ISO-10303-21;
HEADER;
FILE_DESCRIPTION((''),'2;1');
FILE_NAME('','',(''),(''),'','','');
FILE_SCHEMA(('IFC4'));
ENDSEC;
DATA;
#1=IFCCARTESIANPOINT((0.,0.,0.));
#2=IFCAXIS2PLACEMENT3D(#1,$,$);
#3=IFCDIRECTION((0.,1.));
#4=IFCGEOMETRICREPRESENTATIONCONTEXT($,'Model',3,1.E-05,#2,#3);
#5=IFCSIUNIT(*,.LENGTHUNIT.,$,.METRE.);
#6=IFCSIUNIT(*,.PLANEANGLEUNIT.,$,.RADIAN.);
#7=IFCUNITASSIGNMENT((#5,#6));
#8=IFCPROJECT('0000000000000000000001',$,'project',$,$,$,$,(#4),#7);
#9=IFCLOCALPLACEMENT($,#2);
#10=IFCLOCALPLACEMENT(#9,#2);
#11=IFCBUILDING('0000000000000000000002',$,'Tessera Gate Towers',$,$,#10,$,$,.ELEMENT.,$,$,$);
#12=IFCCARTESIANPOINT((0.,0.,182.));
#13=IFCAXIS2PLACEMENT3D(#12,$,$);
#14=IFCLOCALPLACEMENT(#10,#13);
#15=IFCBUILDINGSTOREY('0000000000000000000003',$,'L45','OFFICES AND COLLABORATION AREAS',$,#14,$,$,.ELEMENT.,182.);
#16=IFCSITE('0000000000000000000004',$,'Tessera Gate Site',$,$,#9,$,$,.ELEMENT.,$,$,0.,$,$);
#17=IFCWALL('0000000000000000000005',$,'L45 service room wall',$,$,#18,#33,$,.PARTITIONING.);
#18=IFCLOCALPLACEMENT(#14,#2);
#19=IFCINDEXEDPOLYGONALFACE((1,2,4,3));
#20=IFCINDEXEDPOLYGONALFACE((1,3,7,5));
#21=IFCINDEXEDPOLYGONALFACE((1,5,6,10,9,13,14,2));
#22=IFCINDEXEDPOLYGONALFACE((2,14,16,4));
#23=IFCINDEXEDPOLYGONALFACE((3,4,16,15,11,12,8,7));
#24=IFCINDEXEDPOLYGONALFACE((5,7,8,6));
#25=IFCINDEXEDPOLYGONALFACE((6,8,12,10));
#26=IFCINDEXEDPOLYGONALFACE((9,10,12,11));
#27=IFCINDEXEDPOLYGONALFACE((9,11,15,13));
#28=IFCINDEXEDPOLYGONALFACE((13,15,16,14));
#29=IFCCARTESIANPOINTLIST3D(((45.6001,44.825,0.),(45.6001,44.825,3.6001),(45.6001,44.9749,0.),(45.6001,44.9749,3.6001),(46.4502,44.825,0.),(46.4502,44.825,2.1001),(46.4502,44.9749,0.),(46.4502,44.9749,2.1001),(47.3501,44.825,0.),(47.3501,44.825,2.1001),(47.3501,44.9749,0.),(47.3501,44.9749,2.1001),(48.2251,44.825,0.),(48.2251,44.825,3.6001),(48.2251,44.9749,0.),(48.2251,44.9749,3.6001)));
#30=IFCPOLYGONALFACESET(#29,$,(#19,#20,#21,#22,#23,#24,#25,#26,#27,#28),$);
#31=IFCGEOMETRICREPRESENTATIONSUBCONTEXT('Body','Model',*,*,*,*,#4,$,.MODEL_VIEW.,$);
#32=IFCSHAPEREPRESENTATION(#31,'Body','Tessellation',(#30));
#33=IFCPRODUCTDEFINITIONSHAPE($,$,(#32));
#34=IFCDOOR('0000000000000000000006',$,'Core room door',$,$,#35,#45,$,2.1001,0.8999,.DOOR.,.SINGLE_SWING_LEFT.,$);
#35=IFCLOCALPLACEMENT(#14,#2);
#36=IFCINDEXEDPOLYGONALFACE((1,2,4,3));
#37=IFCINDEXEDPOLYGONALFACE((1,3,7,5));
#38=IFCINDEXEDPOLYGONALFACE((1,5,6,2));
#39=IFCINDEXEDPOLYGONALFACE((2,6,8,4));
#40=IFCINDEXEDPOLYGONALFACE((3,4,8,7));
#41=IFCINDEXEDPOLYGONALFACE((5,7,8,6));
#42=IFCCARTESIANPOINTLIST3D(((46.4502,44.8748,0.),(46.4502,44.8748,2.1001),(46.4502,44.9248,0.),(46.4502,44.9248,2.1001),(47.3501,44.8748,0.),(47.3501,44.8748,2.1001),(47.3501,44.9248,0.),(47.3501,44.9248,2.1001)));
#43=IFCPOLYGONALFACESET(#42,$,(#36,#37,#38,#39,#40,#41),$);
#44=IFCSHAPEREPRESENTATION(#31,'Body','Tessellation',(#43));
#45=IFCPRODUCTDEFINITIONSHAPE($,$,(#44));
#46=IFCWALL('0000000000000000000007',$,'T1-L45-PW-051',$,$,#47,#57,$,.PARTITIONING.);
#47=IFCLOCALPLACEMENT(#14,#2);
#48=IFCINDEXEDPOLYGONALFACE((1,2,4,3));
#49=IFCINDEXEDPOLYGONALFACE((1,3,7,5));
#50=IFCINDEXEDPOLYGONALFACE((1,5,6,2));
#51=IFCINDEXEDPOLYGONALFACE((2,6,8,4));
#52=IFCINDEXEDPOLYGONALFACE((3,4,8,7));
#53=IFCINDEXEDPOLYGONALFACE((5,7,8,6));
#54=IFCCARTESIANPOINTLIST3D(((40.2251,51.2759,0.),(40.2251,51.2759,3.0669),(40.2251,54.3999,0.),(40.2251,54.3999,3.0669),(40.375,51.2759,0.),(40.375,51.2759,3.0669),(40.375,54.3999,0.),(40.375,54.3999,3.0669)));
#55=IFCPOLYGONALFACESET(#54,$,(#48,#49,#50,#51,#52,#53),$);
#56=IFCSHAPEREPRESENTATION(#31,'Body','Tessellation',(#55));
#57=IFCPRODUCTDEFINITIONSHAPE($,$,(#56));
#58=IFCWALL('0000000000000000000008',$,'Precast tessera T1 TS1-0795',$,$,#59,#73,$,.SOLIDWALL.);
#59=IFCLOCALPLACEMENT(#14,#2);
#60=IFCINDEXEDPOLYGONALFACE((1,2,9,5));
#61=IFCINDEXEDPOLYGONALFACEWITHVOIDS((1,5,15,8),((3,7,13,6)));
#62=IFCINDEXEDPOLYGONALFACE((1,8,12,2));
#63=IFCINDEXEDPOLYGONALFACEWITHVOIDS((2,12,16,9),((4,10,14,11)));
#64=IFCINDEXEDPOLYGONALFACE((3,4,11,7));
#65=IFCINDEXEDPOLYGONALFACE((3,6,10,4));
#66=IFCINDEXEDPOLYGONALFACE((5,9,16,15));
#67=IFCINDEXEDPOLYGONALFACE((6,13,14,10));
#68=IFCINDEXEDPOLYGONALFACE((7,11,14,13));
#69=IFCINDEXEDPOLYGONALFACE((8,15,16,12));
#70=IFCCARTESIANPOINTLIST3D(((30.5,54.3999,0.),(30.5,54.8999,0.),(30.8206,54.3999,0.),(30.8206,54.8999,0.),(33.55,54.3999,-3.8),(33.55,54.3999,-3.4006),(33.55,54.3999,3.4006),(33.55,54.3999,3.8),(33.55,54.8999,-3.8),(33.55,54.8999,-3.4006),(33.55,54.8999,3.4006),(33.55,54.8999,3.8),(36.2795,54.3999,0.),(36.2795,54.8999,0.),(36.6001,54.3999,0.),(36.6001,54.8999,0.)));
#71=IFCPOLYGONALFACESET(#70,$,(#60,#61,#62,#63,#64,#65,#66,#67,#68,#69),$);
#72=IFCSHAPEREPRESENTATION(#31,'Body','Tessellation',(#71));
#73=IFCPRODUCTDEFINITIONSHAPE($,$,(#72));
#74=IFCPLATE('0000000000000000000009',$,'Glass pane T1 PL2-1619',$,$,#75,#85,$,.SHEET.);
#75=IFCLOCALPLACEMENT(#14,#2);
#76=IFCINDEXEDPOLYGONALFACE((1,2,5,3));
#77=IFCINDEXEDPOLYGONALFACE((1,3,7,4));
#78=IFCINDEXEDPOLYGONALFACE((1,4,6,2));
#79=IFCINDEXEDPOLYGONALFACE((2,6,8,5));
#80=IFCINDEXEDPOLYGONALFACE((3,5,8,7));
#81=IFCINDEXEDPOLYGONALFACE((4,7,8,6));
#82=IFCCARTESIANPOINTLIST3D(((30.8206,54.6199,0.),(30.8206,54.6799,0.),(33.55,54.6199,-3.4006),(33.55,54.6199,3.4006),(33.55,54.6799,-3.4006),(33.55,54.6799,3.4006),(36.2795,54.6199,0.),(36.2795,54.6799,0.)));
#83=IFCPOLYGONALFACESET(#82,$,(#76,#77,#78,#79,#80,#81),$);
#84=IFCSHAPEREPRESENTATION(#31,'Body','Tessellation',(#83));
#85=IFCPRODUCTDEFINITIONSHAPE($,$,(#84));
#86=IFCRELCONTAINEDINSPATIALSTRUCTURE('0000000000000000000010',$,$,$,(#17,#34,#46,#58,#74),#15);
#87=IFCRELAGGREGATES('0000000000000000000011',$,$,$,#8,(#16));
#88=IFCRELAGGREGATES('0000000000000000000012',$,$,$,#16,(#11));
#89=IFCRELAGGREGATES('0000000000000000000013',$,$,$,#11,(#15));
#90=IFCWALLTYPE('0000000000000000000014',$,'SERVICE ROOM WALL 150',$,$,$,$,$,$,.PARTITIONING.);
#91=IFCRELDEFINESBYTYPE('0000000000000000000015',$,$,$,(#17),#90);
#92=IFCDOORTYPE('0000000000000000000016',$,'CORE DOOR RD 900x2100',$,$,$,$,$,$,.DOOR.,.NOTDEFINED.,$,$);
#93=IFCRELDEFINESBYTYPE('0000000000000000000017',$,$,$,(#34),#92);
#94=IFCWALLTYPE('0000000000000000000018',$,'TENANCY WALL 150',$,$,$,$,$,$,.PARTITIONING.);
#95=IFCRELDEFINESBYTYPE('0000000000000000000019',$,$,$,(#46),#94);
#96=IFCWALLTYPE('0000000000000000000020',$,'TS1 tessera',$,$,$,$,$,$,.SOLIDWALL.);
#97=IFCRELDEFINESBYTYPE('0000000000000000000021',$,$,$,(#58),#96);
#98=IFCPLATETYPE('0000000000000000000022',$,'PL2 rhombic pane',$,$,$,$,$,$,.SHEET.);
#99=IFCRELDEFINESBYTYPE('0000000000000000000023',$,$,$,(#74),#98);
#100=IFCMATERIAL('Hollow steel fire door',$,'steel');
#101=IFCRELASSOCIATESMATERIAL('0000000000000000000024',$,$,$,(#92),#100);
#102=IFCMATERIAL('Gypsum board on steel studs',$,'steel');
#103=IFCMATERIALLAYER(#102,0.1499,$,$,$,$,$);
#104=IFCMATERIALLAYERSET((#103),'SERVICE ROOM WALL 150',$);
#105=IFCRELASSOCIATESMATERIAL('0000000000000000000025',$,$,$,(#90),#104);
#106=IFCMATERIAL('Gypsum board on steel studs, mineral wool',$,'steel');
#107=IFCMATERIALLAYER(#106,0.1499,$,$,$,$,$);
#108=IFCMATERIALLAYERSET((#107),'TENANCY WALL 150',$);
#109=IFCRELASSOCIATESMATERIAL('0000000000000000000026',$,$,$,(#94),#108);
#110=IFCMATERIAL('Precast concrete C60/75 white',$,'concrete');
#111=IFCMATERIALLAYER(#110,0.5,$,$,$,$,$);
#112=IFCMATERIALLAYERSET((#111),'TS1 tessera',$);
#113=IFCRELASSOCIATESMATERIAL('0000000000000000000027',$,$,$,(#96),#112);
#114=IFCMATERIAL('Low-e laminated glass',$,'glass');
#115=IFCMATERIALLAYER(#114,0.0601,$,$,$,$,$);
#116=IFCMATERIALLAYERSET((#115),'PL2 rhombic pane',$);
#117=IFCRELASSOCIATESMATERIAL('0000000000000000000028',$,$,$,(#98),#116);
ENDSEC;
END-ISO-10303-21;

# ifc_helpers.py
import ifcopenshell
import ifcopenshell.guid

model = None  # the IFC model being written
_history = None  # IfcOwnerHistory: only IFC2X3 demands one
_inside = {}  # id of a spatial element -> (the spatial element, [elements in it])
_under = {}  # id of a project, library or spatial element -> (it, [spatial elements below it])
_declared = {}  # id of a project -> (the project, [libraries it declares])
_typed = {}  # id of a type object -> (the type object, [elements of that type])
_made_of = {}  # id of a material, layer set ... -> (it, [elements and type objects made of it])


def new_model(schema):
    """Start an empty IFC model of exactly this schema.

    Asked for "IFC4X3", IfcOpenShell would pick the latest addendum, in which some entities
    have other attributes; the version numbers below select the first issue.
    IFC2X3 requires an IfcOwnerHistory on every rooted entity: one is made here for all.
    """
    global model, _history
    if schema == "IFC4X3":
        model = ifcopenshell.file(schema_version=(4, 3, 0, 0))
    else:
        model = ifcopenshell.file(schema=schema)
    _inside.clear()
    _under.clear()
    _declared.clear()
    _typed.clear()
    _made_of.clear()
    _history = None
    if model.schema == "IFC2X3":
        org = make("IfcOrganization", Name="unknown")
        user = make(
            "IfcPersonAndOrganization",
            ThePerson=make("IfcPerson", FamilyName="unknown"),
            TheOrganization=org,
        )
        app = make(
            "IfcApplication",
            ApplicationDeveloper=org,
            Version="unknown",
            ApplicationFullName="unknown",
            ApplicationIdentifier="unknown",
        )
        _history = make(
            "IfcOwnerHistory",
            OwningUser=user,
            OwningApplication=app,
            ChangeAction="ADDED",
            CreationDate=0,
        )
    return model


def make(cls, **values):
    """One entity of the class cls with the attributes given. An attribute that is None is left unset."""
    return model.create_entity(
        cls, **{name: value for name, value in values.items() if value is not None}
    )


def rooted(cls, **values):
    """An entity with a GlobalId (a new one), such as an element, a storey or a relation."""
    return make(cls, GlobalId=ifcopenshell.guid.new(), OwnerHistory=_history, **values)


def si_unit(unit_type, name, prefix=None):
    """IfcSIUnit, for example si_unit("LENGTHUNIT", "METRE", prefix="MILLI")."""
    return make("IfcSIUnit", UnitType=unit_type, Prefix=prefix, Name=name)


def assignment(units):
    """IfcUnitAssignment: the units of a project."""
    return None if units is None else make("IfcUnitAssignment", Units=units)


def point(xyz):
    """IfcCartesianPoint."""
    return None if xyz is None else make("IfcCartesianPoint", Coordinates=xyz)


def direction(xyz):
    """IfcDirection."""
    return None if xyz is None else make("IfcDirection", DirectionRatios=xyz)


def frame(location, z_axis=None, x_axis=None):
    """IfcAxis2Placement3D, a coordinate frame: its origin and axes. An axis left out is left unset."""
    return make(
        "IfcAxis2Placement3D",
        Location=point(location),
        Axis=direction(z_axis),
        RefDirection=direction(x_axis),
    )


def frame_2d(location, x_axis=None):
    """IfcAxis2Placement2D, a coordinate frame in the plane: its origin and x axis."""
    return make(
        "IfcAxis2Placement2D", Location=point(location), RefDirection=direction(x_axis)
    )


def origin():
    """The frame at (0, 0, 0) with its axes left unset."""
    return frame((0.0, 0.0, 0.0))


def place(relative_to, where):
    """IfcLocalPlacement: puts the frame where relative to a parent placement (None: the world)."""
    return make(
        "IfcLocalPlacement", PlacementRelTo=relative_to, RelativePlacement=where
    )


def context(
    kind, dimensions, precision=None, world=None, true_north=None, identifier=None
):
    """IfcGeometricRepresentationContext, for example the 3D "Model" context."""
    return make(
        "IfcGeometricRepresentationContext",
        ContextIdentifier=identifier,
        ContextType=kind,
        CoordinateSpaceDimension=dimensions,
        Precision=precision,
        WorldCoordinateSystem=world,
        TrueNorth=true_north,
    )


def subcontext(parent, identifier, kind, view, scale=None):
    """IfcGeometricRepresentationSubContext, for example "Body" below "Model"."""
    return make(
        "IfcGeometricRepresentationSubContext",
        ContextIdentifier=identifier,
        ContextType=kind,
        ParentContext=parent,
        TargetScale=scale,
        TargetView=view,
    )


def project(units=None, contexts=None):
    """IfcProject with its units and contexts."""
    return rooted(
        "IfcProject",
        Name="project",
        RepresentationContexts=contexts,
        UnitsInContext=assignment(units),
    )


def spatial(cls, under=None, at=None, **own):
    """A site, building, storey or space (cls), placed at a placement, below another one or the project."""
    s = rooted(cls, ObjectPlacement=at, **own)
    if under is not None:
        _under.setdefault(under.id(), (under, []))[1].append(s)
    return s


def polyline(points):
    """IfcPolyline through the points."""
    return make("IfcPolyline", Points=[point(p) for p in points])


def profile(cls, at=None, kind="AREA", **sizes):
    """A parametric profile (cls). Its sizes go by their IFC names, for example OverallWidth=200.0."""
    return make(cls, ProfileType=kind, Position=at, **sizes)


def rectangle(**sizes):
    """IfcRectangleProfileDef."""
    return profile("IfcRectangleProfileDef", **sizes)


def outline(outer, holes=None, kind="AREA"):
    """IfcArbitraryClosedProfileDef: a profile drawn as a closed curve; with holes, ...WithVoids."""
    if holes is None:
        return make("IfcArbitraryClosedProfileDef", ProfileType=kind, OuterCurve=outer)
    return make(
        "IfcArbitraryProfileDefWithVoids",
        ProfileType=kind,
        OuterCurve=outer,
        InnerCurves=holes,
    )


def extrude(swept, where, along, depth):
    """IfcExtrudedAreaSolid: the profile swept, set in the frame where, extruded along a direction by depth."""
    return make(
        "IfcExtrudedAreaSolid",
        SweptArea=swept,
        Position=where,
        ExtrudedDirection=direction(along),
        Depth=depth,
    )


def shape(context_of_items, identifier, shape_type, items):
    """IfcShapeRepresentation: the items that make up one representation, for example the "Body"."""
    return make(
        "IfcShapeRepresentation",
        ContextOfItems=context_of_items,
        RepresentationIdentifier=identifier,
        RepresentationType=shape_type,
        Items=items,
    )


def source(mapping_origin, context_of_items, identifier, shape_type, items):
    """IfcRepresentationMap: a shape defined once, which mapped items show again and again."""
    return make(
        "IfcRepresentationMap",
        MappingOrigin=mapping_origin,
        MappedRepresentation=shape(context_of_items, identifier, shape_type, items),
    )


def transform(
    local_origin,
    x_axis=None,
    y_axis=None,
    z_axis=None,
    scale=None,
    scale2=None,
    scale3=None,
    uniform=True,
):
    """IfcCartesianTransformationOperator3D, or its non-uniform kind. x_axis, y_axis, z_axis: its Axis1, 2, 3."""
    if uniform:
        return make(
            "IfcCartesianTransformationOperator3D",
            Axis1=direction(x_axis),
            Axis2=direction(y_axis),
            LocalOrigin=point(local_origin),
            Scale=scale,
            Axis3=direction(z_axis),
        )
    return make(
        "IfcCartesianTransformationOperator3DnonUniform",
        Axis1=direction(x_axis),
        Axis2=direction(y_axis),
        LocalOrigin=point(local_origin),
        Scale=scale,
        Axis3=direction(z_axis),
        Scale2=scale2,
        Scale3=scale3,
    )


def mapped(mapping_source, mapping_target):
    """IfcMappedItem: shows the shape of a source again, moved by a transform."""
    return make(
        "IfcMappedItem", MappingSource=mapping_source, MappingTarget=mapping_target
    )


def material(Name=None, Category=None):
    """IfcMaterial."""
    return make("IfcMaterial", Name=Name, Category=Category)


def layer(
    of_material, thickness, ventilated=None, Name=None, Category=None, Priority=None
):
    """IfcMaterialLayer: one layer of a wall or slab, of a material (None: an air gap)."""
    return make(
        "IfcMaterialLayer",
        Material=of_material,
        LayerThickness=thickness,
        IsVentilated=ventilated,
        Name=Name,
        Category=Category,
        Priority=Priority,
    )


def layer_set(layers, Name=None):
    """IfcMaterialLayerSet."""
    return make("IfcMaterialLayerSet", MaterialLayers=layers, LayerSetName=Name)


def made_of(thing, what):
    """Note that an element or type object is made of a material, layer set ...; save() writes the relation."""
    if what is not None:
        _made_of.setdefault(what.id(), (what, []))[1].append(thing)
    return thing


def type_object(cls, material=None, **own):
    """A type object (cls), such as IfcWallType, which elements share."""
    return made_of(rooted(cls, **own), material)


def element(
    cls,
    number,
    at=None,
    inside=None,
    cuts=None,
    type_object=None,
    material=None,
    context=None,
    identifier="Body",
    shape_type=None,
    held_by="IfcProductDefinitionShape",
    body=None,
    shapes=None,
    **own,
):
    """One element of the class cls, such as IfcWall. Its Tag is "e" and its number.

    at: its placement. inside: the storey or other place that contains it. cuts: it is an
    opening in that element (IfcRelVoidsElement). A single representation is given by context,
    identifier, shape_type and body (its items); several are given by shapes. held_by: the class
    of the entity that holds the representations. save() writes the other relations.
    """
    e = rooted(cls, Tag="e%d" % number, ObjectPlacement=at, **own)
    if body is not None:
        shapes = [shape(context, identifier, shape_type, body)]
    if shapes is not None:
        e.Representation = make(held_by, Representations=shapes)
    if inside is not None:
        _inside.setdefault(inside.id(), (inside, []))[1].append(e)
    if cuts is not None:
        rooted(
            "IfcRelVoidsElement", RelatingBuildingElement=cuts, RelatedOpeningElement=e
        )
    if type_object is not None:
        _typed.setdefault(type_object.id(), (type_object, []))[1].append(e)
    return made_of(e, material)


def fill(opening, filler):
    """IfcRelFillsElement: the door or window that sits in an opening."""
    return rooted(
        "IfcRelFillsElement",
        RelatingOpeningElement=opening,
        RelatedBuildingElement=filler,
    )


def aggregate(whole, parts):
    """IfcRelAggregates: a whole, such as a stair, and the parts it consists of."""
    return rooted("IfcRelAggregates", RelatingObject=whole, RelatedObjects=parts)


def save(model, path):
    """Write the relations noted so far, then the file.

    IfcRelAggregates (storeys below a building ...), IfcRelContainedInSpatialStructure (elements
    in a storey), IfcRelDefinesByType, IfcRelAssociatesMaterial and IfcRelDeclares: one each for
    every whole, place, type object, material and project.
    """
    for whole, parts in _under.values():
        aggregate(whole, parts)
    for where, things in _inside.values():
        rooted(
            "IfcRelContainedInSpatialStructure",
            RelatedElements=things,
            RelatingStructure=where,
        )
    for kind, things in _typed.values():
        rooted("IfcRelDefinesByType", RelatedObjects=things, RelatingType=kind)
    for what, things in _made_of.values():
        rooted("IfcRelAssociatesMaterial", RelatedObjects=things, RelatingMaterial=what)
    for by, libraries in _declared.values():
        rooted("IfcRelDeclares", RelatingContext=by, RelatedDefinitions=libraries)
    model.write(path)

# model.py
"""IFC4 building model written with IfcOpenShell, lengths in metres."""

from ifc_helpers import new_model, si_unit, direction, frame, frame_2d, origin, place, context, subcontext, project, spatial, polyline, rectangle, outline, extrude, source, transform, mapped, material, layer, layer_set, type_object, element, fill, save


model = new_model("IFC4")

# Units and contexts
model_context = context("Model", 3, precision=1e-05, world=origin(), true_north=direction((0.0, 1.0)))
body_context = subcontext(model_context, "Body", "Model", "MODEL_VIEW")
ifc_project = project(units=[si_unit("LENGTHUNIT", "METRE"), si_unit("PLANEANGLEUNIT", "RADIAN")], contexts=[model_context])

# Site, building, storey
site_placement = place(None, origin())
site = spatial("IfcSite", under=ifc_project, at=site_placement, Name="Tessera Gate Site", CompositionType="ELEMENT", RefElevation=0.0)
building_placement = place(site_placement, origin())
building = spatial("IfcBuilding", under=site, at=building_placement, Name="Tessera Gate Towers", CompositionType="ELEMENT")
storey_placement = place(building_placement, frame((0.0, 0.0, 182.0)))
storey = spatial("IfcBuildingStorey", under=building, at=storey_placement, Name="L45", Description="OFFICES AND COLLABORATION AREAS", CompositionType="ELEMENT", Elevation=182.0)

# Shared definitions
ifc_material_1 = material(Name="Hollow steel fire door", Category="steel")
door_type_1 = type_object("IfcDoorType", Name="CORE DOOR RD 900x2100", OperationType="NOTDEFINED", PredefinedType="DOOR", material=ifc_material_1)
shared_shape_1 = source(origin(), body_context, "Body", "SweptSolid", [
    extrude(rectangle(XDim=0.8999, YDim=2.1001, at=frame_2d((0.45, 1.05))), frame((0.0, 0.0249, 0.0), z_axis=(0.0, -1.0, 0.0), x_axis=(1.0, 0.0, 0.0)), (0.0, 0.0, 1.0), 0.05),
])

# Shared definitions
ifc_material_2 = material(Name="Gypsum board on steel studs", Category="steel")
ifc_layer_1 = layer(ifc_material_2, 0.1499)
ifc_layer_set_1 = layer_set([ifc_layer_1], Name="SERVICE ROOM WALL 150")
wall_type_1 = type_object("IfcWallType", Name="SERVICE ROOM WALL 150", PredefinedType="PARTITIONING", material=ifc_layer_set_1)

# Wall, opening, door
wall_1_placement = place(storey_placement, frame((45.6001, 44.8999, 0.0), z_axis=(0.0, 0.0, 1.0), x_axis=(1.0, 0.0, 0.0)))
wall_1 = element("IfcWall", 1, at=wall_1_placement, inside=storey, type_object=wall_type_1, Name="L45 service room wall", PredefinedType="PARTITIONING", context=body_context, shape_type="SweptSolid", body=[
    extrude(rectangle(XDim=2.625, YDim=0.1499, at=frame_2d((1.3125, 0.0))), origin(), (0.0, 0.0, 1.0), 3.6001),
])
shared_shape_2 = source(origin(), body_context, "Body", "SweptSolid", [
    extrude(rectangle(XDim=0.8999, YDim=2.1001, at=frame_2d((0.45, 1.05))), frame((0.0, 0.085, 0.0), z_axis=(0.0, -1.0, 0.0), x_axis=(1.0, 0.0, 0.0)), (0.0, 0.0, 1.0), 0.1699),
])
opening_1_placement = place(wall_1_placement, frame((0.8501, 0.0, 0.0)))
opening_1 = element("IfcOpeningElement", 2, at=opening_1_placement, cuts=wall_1, PredefinedType="OPENING", context=body_context, shape_type="MappedRepresentation", body=[
    mapped(shared_shape_2, transform((0.0, 0.0, 0.0), scale=1.0)),
])
door_1_placement = place(opening_1_placement, origin())
door_1 = element("IfcDoor", 3, at=door_1_placement, inside=storey, type_object=door_type_1, Name="Core room door", OperationType="SINGLE_SWING_LEFT", OverallHeight=2.1001, OverallWidth=0.8999, PredefinedType="DOOR", context=body_context, shape_type="MappedRepresentation", body=[
    mapped(shared_shape_1, transform((0.0, 0.0, 0.0), scale=1.0)),
])
fill(opening_1, door_1)

# Wall
ifc_material_3 = material(Name="Gypsum board on steel studs, mineral wool", Category="steel")
ifc_layer_2 = layer(ifc_material_3, 0.1499)
ifc_layer_set_2 = layer_set([ifc_layer_2], Name="TENANCY WALL 150")
wall_type_2 = type_object("IfcWallType", Name="TENANCY WALL 150", PredefinedType="PARTITIONING", material=ifc_layer_set_2)
wall_2_placement = place(storey_placement, frame((40.3, 51.2759, 0.0), z_axis=(0.0, 0.0, 1.0), x_axis=(0.0, 1.0, 0.0)))
element("IfcWall", 4, at=wall_2_placement, inside=storey, type_object=wall_type_2, Name="T1-L45-PW-051", PredefinedType="PARTITIONING", context=body_context, shape_type="SweptSolid", body=[
    extrude(rectangle(XDim=3.124, YDim=0.1499, at=frame_2d((1.562, 0.0))), origin(), (0.0, 0.0, 1.0), 3.0669),
])

# Wall, opening, plate
ifc_material_4 = material(Name="Precast concrete C60/75 white", Category="concrete")
ifc_layer_3 = layer(ifc_material_4, 0.5)
ifc_layer_set_3 = layer_set([ifc_layer_3], Name="TS1 tessera")
wall_type_3 = type_object("IfcWallType", Name="TS1 tessera", PredefinedType="SOLIDWALL", material=ifc_layer_set_3)
shared_shape_3 = source(origin(), body_context, "Body", "SweptSolid", [
    extrude(outline(polyline([(3.05, 0.0), (6.1001, 3.8), (3.05, 7.6001), (0.0, 3.8), (3.05, 0.0)])), frame((0.0, 0.25, 0.0), z_axis=(0.0, -1.0, 0.0), x_axis=(1.0, 0.0, 0.0)), (0.0, 0.0, 1.0), 0.5),
])
wall_3_placement = place(storey_placement, frame((36.6001, 54.6499, -3.8), z_axis=(0.0, 0.0, 1.0), x_axis=(-1.0, 0.0, 0.0)))
wall_3 = element("IfcWall", 5, at=wall_3_placement, inside=storey, type_object=wall_type_3, Name="Precast tessera T1 TS1-0795", PredefinedType="SOLIDWALL", context=body_context, shape_type="MappedRepresentation", body=[
    mapped(shared_shape_3, transform((0.0, 0.0, 0.0), scale=1.0)),
])
shared_shape_4 = source(origin(), body_context, "Body", "SweptSolid", [
    extrude(outline(polyline([(3.05, 0.3994), (5.7795, 3.8), (3.05, 7.2007), (0.3206, 3.8), (3.05, 0.3994)])), frame((0.0, 0.26, 0.0), z_axis=(0.0, -1.0, 0.0), x_axis=(1.0, 0.0, 0.0)), (0.0, 0.0, 1.0), 0.52),
])
opening_2_placement = place(wall_3_placement, origin())
opening_2 = element("IfcOpeningElement", 6, at=opening_2_placement, cuts=wall_3, PredefinedType="OPENING", context=body_context, shape_type="MappedRepresentation", body=[
    mapped(shared_shape_4, transform((0.0, 0.0, 0.0), scale=1.0)),
])
ifc_material_5 = material(Name="Low-e laminated glass", Category="glass")
ifc_layer_4 = layer(ifc_material_5, 0.0601)
ifc_layer_set_4 = layer_set([ifc_layer_4], Name="PL2 rhombic pane")
plate_type = type_object("IfcPlateType", Name="PL2 rhombic pane", PredefinedType="SHEET", material=ifc_layer_set_4)
shared_shape_5 = source(origin(), body_context, "Body", "SweptSolid", [
    extrude(outline(polyline([(3.05, 0.3994), (5.7795, 3.8), (3.05, 7.2007), (0.3206, 3.8), (3.05, 0.3994)])), frame((0.0, 0.03, 0.0), z_axis=(0.0, -1.0, 0.0), x_axis=(1.0, 0.0, 0.0)), (0.0, 0.0, 1.0), 0.0601),
])
plate_placement = place(opening_2_placement, origin())
plate = element("IfcPlate", 7, at=plate_placement, inside=storey, type_object=plate_type, Name="Glass pane T1 PL2-1619", PredefinedType="SHEET", context=body_context, shape_type="MappedRepresentation", body=[
    mapped(shared_shape_5, transform((0.0, 0.0, 0.0), scale=1.0)),
])
fill(opening_2, plate)

save(model, "model.ifc")
